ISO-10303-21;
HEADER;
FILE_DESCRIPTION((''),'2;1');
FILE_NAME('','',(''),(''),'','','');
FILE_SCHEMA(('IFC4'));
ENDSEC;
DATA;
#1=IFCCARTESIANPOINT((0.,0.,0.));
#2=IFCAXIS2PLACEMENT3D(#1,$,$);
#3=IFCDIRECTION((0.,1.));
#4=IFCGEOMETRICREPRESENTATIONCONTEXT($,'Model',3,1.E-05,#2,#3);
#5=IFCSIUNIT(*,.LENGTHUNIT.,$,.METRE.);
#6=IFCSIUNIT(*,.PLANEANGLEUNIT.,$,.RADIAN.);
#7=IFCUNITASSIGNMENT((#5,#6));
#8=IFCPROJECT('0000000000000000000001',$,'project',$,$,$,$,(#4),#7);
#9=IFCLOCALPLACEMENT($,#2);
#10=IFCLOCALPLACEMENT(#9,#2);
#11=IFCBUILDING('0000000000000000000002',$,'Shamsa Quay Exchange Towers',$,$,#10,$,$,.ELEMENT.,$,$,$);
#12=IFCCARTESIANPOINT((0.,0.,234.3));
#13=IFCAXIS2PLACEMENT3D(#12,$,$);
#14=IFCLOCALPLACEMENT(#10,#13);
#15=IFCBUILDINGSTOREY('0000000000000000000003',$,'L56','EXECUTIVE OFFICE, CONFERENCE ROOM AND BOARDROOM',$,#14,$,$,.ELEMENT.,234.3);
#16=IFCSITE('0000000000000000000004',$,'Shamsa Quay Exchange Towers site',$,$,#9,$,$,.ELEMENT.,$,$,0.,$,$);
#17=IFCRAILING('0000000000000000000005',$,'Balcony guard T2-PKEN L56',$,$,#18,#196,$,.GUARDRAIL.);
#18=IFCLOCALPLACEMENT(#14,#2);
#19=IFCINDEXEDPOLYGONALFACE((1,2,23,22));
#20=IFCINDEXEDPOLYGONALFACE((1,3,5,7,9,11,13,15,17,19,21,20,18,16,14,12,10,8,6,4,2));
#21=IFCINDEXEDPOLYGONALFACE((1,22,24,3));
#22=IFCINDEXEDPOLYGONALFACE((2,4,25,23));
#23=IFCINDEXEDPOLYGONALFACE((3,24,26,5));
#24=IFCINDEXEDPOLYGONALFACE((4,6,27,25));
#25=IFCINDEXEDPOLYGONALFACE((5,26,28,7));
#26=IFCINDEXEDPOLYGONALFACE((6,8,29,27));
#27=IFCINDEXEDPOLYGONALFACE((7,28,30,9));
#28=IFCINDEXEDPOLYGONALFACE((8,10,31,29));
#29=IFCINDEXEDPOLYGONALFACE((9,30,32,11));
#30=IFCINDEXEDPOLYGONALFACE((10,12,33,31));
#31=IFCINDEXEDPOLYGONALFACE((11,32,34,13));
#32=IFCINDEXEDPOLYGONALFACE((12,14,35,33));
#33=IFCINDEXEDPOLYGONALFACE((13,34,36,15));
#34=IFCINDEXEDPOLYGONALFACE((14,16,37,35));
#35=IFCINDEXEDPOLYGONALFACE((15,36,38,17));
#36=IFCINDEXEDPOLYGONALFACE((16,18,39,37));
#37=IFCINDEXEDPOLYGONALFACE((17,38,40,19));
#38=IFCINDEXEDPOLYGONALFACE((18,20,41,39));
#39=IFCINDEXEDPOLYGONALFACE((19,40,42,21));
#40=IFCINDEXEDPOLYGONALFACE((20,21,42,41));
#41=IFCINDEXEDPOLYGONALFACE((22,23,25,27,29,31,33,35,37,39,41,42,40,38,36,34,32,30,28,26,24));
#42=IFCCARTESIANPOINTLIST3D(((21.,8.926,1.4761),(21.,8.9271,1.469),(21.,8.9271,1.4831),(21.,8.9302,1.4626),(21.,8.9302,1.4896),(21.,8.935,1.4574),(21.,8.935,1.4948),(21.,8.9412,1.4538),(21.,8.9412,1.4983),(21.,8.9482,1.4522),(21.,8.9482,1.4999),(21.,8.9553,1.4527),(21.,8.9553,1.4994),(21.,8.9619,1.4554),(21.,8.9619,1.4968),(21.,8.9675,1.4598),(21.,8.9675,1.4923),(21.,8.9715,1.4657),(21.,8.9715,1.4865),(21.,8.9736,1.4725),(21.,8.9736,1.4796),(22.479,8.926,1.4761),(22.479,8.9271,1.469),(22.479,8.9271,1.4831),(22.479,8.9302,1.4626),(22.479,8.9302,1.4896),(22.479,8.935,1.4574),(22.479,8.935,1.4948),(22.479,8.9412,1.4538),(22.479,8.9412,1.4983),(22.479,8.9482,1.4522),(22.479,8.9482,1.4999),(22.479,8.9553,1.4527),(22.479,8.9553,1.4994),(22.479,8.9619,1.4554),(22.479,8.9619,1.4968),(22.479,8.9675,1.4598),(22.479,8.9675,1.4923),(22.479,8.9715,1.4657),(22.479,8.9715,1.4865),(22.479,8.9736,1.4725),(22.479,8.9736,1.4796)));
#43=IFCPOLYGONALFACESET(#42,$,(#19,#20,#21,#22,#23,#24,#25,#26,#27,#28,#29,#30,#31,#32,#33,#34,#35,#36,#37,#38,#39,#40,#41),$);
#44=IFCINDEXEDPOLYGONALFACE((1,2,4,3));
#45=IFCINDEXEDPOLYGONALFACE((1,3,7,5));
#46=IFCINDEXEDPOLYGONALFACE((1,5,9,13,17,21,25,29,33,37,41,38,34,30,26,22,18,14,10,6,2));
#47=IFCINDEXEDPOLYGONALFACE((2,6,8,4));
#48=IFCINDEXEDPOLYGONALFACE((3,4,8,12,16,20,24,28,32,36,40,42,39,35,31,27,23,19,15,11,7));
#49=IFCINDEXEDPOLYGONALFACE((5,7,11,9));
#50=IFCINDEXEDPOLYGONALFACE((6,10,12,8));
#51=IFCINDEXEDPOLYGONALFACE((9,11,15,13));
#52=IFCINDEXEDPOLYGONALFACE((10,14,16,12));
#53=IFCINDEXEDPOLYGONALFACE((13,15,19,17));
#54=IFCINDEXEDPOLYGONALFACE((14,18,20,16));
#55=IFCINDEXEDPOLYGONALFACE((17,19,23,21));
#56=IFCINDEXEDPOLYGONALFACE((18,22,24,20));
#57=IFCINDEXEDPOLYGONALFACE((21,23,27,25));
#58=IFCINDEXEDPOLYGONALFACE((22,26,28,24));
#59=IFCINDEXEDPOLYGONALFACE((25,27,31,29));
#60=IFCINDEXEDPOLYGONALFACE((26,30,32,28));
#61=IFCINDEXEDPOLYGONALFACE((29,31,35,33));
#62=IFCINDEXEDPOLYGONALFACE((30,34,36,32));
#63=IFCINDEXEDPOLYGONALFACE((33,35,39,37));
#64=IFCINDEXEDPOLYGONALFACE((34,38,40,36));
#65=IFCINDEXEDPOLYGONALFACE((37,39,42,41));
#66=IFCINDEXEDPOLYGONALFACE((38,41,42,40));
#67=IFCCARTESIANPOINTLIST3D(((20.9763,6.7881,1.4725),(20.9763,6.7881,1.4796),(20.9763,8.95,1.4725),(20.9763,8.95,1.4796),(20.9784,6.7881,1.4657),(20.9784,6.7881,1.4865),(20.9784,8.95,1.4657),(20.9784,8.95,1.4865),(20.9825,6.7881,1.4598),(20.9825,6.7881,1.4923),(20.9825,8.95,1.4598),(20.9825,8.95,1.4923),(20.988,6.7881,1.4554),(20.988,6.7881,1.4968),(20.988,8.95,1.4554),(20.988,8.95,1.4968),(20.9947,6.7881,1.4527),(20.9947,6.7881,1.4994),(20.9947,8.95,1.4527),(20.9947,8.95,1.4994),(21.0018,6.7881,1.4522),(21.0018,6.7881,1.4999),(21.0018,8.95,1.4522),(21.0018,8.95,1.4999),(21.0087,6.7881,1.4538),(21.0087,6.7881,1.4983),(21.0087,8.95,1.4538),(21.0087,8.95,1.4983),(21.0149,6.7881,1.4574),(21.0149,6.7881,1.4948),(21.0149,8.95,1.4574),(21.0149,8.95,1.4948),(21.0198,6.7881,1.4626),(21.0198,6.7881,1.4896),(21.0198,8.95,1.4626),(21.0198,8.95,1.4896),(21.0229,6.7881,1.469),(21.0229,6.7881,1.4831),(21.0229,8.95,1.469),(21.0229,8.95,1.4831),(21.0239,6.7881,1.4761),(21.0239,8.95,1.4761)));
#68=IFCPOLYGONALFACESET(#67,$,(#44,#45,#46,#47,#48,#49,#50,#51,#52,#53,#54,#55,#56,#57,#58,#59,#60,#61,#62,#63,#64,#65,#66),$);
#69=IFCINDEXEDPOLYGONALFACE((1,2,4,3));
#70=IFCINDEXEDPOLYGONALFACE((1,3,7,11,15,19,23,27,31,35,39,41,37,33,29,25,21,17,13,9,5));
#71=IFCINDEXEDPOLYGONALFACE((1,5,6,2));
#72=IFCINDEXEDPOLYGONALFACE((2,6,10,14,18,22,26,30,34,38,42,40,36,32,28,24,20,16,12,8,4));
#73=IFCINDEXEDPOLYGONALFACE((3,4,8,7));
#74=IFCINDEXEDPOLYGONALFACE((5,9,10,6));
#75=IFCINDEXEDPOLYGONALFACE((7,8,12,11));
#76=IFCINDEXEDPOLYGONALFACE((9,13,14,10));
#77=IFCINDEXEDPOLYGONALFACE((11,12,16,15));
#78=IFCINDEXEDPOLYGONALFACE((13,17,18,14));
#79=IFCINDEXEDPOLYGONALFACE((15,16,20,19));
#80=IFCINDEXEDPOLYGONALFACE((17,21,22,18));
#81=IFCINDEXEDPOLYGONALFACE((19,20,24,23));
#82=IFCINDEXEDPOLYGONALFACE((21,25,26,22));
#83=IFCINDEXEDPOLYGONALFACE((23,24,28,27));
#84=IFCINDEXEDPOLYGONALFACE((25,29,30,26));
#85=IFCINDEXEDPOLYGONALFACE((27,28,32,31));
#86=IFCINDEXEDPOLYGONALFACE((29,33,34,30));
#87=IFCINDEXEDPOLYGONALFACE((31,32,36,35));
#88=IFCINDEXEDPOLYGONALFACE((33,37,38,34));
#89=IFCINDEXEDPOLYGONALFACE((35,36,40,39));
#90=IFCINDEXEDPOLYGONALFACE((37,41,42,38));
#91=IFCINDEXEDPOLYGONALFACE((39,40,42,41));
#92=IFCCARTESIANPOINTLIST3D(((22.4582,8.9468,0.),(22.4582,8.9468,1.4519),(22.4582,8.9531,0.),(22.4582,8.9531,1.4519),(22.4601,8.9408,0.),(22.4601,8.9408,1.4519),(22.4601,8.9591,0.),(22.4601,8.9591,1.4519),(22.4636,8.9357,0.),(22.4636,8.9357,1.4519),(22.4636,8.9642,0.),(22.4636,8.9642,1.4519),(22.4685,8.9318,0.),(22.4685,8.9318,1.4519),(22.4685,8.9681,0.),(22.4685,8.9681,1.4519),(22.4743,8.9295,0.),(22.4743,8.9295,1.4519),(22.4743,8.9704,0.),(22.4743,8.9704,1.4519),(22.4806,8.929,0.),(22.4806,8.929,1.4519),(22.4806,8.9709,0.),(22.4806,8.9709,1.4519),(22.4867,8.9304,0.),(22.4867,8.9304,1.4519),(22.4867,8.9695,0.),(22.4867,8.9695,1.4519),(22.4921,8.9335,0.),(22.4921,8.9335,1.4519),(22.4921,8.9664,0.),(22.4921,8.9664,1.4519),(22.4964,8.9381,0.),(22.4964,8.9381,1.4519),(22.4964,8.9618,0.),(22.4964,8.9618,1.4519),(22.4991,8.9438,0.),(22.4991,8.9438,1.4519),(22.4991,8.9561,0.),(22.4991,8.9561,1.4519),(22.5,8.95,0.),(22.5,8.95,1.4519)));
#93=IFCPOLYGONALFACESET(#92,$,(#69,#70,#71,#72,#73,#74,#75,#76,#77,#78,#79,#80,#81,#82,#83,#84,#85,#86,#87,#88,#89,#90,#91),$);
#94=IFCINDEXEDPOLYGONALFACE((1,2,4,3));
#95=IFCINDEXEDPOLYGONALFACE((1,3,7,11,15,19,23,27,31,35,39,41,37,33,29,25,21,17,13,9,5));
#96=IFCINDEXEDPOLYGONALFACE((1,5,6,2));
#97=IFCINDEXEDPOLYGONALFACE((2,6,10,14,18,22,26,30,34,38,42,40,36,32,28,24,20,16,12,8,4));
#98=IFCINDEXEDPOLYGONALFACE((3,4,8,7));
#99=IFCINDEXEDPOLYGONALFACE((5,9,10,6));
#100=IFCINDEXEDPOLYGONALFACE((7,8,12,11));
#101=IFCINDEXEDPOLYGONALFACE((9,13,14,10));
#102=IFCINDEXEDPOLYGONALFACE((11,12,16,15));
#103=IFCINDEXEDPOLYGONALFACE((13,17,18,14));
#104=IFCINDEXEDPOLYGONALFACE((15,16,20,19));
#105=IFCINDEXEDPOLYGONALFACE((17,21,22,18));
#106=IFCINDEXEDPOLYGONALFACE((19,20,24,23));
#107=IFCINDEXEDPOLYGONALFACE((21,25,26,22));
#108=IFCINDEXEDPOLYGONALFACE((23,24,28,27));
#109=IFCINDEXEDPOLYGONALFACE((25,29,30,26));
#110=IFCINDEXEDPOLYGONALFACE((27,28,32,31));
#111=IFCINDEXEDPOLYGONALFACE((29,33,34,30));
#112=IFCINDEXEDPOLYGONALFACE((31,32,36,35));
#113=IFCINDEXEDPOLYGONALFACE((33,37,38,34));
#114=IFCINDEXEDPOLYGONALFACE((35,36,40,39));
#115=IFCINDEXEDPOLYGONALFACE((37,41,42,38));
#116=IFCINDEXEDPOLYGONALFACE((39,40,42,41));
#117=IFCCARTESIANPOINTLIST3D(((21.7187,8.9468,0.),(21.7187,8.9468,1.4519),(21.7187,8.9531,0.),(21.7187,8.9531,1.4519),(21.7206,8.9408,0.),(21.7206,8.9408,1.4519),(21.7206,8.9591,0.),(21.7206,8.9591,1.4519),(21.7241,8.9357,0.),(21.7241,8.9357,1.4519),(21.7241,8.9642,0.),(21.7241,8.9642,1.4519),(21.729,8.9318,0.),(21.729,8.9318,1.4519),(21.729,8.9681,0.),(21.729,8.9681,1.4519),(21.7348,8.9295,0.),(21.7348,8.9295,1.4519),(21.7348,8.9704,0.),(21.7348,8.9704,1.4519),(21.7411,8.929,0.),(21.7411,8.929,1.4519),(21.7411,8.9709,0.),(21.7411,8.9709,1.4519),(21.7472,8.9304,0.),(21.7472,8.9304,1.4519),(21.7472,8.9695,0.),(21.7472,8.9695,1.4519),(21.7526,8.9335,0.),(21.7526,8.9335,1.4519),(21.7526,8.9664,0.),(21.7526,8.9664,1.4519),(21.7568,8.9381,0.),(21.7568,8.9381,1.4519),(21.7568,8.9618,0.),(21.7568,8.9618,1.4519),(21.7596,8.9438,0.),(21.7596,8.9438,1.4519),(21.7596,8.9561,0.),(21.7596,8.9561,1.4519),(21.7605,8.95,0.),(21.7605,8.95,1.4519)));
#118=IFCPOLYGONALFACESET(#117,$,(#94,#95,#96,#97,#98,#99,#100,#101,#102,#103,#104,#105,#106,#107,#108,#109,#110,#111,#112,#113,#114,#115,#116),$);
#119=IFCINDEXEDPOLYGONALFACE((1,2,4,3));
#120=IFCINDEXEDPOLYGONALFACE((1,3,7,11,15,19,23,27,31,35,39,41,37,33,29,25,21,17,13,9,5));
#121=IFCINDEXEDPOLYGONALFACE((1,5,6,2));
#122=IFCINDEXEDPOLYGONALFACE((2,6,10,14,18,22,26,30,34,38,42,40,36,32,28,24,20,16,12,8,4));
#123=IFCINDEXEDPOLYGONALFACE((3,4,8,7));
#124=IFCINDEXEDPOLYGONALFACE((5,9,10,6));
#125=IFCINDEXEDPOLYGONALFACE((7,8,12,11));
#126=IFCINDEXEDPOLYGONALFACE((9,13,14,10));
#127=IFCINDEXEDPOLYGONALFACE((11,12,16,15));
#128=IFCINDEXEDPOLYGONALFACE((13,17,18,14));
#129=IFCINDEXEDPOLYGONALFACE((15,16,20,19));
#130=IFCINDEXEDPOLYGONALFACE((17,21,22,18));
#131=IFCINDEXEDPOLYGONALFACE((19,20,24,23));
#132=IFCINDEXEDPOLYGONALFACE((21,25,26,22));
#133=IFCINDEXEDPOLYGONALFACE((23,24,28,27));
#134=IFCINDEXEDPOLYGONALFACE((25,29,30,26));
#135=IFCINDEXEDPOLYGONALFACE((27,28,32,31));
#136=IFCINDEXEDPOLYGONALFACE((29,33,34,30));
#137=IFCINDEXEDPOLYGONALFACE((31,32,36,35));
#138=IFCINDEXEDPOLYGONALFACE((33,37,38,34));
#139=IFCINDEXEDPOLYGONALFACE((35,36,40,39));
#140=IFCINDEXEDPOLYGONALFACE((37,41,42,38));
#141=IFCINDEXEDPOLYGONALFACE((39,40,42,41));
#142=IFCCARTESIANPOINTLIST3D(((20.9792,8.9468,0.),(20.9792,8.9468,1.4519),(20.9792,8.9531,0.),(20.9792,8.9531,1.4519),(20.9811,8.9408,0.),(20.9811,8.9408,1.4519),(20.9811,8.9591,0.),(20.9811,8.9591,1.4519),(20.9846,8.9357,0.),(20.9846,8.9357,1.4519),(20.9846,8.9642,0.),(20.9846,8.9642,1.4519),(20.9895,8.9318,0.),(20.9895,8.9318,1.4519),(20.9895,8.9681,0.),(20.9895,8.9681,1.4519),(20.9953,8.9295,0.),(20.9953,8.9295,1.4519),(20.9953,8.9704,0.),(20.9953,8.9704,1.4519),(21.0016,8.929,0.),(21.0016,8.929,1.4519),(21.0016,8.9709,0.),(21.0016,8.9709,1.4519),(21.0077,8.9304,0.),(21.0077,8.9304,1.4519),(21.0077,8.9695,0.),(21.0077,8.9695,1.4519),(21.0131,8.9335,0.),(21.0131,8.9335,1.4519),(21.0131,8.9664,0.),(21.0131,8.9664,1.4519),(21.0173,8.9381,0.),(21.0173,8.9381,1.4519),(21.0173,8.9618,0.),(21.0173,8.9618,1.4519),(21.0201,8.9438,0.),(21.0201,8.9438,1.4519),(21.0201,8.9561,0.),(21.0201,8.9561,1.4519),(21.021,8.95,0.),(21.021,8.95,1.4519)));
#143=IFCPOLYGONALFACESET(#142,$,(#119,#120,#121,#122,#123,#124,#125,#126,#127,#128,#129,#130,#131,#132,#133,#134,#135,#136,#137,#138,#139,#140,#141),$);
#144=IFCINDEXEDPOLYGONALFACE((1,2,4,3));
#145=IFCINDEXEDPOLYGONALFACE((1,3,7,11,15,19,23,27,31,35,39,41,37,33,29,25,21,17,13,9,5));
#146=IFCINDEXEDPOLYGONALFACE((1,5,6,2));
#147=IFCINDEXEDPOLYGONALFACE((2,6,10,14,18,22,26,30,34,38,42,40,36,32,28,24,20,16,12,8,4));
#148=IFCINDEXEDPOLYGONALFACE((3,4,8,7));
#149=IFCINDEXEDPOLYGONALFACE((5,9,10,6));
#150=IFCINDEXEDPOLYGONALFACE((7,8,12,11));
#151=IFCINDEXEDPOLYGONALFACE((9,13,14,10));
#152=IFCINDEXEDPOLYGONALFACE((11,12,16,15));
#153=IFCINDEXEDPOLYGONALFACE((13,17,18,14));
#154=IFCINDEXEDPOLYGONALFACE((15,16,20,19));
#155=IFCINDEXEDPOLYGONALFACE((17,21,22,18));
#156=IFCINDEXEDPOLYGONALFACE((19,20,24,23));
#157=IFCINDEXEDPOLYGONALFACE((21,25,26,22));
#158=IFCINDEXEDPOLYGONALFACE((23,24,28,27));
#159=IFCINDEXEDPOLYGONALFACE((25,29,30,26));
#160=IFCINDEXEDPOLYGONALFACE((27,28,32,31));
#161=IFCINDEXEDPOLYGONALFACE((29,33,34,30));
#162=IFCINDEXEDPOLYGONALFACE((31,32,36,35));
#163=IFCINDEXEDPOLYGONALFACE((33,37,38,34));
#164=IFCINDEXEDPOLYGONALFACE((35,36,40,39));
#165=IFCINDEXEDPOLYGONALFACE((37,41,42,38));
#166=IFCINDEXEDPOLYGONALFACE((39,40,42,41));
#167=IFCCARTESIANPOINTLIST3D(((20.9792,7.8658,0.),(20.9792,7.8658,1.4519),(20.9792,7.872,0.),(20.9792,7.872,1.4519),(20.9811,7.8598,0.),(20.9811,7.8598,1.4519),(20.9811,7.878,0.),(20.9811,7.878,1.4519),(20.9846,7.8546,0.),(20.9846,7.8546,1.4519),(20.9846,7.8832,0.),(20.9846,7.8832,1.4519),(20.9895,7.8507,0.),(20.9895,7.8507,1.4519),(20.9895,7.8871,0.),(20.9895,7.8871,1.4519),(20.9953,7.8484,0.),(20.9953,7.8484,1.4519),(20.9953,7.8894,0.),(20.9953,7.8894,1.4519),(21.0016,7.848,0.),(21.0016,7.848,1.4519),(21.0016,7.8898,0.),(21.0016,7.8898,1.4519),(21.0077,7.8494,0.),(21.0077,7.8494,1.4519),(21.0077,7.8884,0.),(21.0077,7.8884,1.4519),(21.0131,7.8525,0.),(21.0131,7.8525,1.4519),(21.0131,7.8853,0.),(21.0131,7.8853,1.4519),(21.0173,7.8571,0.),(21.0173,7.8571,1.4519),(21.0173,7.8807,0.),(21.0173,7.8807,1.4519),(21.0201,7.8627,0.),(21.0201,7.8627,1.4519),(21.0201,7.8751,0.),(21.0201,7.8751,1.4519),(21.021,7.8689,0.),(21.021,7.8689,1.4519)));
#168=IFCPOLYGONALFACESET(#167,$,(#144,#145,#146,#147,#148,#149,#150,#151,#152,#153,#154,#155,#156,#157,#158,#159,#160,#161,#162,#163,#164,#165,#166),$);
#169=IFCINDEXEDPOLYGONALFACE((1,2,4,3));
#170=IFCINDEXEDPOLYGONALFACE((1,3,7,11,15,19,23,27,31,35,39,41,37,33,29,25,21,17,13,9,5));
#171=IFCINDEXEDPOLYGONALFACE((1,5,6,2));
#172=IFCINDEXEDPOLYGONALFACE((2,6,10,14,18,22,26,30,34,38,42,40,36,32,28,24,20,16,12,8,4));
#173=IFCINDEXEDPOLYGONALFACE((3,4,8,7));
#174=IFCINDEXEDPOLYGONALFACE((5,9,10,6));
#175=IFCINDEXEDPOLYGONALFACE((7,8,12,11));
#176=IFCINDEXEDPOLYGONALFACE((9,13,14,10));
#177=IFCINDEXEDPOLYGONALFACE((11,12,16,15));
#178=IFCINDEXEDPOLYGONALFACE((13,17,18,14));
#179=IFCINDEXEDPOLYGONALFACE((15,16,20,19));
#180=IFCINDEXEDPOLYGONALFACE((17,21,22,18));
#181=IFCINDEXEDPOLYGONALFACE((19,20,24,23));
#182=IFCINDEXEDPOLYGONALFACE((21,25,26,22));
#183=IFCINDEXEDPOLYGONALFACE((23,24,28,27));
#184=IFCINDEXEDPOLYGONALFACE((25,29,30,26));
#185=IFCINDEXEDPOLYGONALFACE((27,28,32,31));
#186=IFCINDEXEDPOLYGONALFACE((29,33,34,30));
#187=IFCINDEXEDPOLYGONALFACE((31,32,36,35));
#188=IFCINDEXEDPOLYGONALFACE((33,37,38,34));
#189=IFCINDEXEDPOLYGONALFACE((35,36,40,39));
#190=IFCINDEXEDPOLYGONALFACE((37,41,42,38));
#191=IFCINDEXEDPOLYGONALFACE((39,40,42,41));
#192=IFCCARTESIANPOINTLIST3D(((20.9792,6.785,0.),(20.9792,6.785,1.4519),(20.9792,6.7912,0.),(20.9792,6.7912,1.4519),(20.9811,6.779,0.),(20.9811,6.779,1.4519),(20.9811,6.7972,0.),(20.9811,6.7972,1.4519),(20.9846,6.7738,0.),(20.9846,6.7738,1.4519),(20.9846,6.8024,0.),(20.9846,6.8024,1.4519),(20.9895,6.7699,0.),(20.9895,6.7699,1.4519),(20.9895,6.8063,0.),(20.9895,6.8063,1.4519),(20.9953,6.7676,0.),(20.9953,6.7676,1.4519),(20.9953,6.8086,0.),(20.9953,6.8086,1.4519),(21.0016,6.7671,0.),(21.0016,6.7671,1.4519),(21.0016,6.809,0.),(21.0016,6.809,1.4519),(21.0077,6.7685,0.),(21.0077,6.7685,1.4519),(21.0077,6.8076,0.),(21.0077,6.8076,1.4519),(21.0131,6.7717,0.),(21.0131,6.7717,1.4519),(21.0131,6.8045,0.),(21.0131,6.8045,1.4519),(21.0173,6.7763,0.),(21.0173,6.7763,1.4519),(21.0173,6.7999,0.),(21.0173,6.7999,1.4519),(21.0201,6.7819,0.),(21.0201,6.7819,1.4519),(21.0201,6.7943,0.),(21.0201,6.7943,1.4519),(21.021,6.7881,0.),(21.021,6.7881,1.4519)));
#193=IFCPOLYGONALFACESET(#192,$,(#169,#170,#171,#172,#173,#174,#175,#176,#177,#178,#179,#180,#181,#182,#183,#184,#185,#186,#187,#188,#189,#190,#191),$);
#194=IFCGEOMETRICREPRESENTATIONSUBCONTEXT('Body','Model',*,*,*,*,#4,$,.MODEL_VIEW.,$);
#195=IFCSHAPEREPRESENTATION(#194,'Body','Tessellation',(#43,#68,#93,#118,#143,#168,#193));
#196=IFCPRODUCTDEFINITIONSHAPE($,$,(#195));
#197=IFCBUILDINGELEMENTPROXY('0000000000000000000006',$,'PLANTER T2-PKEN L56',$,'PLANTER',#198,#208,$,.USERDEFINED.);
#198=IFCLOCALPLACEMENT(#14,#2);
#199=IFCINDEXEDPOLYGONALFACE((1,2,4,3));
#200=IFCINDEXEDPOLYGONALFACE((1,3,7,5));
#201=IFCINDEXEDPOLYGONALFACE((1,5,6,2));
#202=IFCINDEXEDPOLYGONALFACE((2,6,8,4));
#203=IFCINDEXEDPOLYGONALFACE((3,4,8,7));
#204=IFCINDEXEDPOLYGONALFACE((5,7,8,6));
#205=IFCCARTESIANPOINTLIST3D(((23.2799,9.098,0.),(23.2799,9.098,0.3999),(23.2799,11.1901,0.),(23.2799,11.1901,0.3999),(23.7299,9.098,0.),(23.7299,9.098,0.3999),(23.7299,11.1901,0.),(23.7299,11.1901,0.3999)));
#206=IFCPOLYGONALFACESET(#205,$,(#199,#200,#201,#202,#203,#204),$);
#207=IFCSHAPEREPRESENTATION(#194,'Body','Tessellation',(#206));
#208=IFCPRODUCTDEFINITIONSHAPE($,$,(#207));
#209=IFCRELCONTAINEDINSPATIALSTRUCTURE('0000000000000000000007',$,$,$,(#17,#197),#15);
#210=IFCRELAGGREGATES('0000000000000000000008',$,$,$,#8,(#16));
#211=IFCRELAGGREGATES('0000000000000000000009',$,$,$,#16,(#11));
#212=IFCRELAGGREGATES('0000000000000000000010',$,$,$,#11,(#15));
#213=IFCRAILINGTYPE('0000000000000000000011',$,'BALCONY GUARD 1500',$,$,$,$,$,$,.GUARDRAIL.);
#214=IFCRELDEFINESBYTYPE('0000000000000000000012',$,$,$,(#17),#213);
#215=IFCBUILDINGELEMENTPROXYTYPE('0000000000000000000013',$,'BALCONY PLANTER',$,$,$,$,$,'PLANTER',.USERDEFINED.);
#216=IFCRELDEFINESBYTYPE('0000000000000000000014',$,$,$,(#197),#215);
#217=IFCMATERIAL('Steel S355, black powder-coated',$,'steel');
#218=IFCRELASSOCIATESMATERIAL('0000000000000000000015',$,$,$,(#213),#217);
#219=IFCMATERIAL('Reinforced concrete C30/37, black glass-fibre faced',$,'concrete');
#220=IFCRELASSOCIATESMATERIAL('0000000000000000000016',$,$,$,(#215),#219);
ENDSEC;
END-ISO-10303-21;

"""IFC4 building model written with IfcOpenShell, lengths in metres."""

from ifc_helpers import new_model, si_unit, direction, frame, origin, origin_2d, place, context, subcontext, project, spatial, rectangle, circle, extrude, material, type_object, element, save


model = new_model("IFC4")

# Units and contexts
model_context = context("Model", 3, precision=1e-05, world=origin(), true_north=direction((0.0, 1.0)))
body_context = subcontext(model_context, "Body", "Model", "MODEL_VIEW")
ifc_project = project(units=[si_unit("LENGTHUNIT", "METRE"), si_unit("PLANEANGLEUNIT", "RADIAN")], contexts=[model_context])

# Site, building, storey
site_placement = place(None, origin())
site = spatial("IfcSite", under=ifc_project, at=site_placement, Name="Shamsa Quay Exchange Towers site", CompositionType="ELEMENT", RefElevation=0.0)
building_placement = place(site_placement, origin())
building = spatial("IfcBuilding", under=site, at=building_placement, Name="Shamsa Quay Exchange Towers", CompositionType="ELEMENT")
storey_placement = place(building_placement, frame((0.0, 0.0, 234.3)))
storey = spatial("IfcBuildingStorey", under=building, at=storey_placement, Name="L56", Description="EXECUTIVE OFFICE, CONFERENCE ROOM AND BOARDROOM", CompositionType="ELEMENT", Elevation=234.3)

# Railing
ifc_material_1 = material(Name="Steel S355, black powder-coated", Category="steel")
railing_type = type_object("IfcRailingType", Name="BALCONY GUARD 1500", PredefinedType="GUARDRAIL", material=ifc_material_1)
for number, where, name in (
    (1, (22.479, 8.95, 0.0), "Balcony guard T2-PKEN L56"),
):
    element("IfcRailing", number, at=place(storey_placement, frame(where)), inside=storey, type_object=railing_type, Name=name, PredefinedType="GUARDRAIL", context=body_context, shape_type="SweptSolid", body=[
        extrude(circle(Radius=0.0239, at=origin_2d()), frame((0.0, 0.0, 1.4761), z_axis=(-1.0, 0.0, 0.0), x_axis=(0.0, -1.0, 0.0)), (0.0, 0.0, 1.0), 1.479),
        extrude(circle(Radius=0.0239, at=origin_2d()), frame((-1.479, 0.0, 1.4761), z_axis=(0.0, -1.0, 0.0), x_axis=(1.0, 0.0, 0.0)), (0.0, 0.0, 1.0), 2.1619),
        extrude(circle(Radius=0.021, at=origin_2d()), origin(), (0.0, 0.0, 1.0), 1.4519),
        extrude(circle(Radius=0.021, at=origin_2d()), frame((-0.7395, 0.0, 0.0)), (0.0, 0.0, 1.0), 1.4519),
        extrude(circle(Radius=0.021, at=origin_2d()), frame((-1.479, 0.0, 0.0)), (0.0, 0.0, 1.0), 1.4519),
        extrude(circle(Radius=0.021, at=origin_2d()), frame((-1.479, -1.0811, 0.0)), (0.0, 0.0, 1.0), 1.4519),
        extrude(circle(Radius=0.021, at=origin_2d()), frame((-1.479, -2.1619, 0.0)), (0.0, 0.0, 1.0), 1.4519),
    ])

# Building element proxy
ifc_material_2 = material(Name="Reinforced concrete C30/37, black glass-fibre faced", Category="concrete")
building_element_proxy_type = type_object("IfcBuildingElementProxyType", Name="BALCONY PLANTER", ElementType="PLANTER", PredefinedType="USERDEFINED", material=ifc_material_2)
proxy_placement = place(storey_placement, frame((23.5049, 10.144, 0.0), z_axis=(0.0, 0.0, 1.0), x_axis=(0.0, -1.0, 0.0)))
element("IfcBuildingElementProxy", 2, at=proxy_placement, inside=storey, type_object=building_element_proxy_type, Name="PLANTER T2-PKEN L56", ObjectType="PLANTER", PredefinedType="USERDEFINED", context=body_context, shape_type="SweptSolid", body=[
    extrude(rectangle(XDim=2.092, YDim=0.45, at=origin_2d()), origin(), (0.0, 0.0, 1.0), 0.3999),
])

save(model, "model.ifc")
